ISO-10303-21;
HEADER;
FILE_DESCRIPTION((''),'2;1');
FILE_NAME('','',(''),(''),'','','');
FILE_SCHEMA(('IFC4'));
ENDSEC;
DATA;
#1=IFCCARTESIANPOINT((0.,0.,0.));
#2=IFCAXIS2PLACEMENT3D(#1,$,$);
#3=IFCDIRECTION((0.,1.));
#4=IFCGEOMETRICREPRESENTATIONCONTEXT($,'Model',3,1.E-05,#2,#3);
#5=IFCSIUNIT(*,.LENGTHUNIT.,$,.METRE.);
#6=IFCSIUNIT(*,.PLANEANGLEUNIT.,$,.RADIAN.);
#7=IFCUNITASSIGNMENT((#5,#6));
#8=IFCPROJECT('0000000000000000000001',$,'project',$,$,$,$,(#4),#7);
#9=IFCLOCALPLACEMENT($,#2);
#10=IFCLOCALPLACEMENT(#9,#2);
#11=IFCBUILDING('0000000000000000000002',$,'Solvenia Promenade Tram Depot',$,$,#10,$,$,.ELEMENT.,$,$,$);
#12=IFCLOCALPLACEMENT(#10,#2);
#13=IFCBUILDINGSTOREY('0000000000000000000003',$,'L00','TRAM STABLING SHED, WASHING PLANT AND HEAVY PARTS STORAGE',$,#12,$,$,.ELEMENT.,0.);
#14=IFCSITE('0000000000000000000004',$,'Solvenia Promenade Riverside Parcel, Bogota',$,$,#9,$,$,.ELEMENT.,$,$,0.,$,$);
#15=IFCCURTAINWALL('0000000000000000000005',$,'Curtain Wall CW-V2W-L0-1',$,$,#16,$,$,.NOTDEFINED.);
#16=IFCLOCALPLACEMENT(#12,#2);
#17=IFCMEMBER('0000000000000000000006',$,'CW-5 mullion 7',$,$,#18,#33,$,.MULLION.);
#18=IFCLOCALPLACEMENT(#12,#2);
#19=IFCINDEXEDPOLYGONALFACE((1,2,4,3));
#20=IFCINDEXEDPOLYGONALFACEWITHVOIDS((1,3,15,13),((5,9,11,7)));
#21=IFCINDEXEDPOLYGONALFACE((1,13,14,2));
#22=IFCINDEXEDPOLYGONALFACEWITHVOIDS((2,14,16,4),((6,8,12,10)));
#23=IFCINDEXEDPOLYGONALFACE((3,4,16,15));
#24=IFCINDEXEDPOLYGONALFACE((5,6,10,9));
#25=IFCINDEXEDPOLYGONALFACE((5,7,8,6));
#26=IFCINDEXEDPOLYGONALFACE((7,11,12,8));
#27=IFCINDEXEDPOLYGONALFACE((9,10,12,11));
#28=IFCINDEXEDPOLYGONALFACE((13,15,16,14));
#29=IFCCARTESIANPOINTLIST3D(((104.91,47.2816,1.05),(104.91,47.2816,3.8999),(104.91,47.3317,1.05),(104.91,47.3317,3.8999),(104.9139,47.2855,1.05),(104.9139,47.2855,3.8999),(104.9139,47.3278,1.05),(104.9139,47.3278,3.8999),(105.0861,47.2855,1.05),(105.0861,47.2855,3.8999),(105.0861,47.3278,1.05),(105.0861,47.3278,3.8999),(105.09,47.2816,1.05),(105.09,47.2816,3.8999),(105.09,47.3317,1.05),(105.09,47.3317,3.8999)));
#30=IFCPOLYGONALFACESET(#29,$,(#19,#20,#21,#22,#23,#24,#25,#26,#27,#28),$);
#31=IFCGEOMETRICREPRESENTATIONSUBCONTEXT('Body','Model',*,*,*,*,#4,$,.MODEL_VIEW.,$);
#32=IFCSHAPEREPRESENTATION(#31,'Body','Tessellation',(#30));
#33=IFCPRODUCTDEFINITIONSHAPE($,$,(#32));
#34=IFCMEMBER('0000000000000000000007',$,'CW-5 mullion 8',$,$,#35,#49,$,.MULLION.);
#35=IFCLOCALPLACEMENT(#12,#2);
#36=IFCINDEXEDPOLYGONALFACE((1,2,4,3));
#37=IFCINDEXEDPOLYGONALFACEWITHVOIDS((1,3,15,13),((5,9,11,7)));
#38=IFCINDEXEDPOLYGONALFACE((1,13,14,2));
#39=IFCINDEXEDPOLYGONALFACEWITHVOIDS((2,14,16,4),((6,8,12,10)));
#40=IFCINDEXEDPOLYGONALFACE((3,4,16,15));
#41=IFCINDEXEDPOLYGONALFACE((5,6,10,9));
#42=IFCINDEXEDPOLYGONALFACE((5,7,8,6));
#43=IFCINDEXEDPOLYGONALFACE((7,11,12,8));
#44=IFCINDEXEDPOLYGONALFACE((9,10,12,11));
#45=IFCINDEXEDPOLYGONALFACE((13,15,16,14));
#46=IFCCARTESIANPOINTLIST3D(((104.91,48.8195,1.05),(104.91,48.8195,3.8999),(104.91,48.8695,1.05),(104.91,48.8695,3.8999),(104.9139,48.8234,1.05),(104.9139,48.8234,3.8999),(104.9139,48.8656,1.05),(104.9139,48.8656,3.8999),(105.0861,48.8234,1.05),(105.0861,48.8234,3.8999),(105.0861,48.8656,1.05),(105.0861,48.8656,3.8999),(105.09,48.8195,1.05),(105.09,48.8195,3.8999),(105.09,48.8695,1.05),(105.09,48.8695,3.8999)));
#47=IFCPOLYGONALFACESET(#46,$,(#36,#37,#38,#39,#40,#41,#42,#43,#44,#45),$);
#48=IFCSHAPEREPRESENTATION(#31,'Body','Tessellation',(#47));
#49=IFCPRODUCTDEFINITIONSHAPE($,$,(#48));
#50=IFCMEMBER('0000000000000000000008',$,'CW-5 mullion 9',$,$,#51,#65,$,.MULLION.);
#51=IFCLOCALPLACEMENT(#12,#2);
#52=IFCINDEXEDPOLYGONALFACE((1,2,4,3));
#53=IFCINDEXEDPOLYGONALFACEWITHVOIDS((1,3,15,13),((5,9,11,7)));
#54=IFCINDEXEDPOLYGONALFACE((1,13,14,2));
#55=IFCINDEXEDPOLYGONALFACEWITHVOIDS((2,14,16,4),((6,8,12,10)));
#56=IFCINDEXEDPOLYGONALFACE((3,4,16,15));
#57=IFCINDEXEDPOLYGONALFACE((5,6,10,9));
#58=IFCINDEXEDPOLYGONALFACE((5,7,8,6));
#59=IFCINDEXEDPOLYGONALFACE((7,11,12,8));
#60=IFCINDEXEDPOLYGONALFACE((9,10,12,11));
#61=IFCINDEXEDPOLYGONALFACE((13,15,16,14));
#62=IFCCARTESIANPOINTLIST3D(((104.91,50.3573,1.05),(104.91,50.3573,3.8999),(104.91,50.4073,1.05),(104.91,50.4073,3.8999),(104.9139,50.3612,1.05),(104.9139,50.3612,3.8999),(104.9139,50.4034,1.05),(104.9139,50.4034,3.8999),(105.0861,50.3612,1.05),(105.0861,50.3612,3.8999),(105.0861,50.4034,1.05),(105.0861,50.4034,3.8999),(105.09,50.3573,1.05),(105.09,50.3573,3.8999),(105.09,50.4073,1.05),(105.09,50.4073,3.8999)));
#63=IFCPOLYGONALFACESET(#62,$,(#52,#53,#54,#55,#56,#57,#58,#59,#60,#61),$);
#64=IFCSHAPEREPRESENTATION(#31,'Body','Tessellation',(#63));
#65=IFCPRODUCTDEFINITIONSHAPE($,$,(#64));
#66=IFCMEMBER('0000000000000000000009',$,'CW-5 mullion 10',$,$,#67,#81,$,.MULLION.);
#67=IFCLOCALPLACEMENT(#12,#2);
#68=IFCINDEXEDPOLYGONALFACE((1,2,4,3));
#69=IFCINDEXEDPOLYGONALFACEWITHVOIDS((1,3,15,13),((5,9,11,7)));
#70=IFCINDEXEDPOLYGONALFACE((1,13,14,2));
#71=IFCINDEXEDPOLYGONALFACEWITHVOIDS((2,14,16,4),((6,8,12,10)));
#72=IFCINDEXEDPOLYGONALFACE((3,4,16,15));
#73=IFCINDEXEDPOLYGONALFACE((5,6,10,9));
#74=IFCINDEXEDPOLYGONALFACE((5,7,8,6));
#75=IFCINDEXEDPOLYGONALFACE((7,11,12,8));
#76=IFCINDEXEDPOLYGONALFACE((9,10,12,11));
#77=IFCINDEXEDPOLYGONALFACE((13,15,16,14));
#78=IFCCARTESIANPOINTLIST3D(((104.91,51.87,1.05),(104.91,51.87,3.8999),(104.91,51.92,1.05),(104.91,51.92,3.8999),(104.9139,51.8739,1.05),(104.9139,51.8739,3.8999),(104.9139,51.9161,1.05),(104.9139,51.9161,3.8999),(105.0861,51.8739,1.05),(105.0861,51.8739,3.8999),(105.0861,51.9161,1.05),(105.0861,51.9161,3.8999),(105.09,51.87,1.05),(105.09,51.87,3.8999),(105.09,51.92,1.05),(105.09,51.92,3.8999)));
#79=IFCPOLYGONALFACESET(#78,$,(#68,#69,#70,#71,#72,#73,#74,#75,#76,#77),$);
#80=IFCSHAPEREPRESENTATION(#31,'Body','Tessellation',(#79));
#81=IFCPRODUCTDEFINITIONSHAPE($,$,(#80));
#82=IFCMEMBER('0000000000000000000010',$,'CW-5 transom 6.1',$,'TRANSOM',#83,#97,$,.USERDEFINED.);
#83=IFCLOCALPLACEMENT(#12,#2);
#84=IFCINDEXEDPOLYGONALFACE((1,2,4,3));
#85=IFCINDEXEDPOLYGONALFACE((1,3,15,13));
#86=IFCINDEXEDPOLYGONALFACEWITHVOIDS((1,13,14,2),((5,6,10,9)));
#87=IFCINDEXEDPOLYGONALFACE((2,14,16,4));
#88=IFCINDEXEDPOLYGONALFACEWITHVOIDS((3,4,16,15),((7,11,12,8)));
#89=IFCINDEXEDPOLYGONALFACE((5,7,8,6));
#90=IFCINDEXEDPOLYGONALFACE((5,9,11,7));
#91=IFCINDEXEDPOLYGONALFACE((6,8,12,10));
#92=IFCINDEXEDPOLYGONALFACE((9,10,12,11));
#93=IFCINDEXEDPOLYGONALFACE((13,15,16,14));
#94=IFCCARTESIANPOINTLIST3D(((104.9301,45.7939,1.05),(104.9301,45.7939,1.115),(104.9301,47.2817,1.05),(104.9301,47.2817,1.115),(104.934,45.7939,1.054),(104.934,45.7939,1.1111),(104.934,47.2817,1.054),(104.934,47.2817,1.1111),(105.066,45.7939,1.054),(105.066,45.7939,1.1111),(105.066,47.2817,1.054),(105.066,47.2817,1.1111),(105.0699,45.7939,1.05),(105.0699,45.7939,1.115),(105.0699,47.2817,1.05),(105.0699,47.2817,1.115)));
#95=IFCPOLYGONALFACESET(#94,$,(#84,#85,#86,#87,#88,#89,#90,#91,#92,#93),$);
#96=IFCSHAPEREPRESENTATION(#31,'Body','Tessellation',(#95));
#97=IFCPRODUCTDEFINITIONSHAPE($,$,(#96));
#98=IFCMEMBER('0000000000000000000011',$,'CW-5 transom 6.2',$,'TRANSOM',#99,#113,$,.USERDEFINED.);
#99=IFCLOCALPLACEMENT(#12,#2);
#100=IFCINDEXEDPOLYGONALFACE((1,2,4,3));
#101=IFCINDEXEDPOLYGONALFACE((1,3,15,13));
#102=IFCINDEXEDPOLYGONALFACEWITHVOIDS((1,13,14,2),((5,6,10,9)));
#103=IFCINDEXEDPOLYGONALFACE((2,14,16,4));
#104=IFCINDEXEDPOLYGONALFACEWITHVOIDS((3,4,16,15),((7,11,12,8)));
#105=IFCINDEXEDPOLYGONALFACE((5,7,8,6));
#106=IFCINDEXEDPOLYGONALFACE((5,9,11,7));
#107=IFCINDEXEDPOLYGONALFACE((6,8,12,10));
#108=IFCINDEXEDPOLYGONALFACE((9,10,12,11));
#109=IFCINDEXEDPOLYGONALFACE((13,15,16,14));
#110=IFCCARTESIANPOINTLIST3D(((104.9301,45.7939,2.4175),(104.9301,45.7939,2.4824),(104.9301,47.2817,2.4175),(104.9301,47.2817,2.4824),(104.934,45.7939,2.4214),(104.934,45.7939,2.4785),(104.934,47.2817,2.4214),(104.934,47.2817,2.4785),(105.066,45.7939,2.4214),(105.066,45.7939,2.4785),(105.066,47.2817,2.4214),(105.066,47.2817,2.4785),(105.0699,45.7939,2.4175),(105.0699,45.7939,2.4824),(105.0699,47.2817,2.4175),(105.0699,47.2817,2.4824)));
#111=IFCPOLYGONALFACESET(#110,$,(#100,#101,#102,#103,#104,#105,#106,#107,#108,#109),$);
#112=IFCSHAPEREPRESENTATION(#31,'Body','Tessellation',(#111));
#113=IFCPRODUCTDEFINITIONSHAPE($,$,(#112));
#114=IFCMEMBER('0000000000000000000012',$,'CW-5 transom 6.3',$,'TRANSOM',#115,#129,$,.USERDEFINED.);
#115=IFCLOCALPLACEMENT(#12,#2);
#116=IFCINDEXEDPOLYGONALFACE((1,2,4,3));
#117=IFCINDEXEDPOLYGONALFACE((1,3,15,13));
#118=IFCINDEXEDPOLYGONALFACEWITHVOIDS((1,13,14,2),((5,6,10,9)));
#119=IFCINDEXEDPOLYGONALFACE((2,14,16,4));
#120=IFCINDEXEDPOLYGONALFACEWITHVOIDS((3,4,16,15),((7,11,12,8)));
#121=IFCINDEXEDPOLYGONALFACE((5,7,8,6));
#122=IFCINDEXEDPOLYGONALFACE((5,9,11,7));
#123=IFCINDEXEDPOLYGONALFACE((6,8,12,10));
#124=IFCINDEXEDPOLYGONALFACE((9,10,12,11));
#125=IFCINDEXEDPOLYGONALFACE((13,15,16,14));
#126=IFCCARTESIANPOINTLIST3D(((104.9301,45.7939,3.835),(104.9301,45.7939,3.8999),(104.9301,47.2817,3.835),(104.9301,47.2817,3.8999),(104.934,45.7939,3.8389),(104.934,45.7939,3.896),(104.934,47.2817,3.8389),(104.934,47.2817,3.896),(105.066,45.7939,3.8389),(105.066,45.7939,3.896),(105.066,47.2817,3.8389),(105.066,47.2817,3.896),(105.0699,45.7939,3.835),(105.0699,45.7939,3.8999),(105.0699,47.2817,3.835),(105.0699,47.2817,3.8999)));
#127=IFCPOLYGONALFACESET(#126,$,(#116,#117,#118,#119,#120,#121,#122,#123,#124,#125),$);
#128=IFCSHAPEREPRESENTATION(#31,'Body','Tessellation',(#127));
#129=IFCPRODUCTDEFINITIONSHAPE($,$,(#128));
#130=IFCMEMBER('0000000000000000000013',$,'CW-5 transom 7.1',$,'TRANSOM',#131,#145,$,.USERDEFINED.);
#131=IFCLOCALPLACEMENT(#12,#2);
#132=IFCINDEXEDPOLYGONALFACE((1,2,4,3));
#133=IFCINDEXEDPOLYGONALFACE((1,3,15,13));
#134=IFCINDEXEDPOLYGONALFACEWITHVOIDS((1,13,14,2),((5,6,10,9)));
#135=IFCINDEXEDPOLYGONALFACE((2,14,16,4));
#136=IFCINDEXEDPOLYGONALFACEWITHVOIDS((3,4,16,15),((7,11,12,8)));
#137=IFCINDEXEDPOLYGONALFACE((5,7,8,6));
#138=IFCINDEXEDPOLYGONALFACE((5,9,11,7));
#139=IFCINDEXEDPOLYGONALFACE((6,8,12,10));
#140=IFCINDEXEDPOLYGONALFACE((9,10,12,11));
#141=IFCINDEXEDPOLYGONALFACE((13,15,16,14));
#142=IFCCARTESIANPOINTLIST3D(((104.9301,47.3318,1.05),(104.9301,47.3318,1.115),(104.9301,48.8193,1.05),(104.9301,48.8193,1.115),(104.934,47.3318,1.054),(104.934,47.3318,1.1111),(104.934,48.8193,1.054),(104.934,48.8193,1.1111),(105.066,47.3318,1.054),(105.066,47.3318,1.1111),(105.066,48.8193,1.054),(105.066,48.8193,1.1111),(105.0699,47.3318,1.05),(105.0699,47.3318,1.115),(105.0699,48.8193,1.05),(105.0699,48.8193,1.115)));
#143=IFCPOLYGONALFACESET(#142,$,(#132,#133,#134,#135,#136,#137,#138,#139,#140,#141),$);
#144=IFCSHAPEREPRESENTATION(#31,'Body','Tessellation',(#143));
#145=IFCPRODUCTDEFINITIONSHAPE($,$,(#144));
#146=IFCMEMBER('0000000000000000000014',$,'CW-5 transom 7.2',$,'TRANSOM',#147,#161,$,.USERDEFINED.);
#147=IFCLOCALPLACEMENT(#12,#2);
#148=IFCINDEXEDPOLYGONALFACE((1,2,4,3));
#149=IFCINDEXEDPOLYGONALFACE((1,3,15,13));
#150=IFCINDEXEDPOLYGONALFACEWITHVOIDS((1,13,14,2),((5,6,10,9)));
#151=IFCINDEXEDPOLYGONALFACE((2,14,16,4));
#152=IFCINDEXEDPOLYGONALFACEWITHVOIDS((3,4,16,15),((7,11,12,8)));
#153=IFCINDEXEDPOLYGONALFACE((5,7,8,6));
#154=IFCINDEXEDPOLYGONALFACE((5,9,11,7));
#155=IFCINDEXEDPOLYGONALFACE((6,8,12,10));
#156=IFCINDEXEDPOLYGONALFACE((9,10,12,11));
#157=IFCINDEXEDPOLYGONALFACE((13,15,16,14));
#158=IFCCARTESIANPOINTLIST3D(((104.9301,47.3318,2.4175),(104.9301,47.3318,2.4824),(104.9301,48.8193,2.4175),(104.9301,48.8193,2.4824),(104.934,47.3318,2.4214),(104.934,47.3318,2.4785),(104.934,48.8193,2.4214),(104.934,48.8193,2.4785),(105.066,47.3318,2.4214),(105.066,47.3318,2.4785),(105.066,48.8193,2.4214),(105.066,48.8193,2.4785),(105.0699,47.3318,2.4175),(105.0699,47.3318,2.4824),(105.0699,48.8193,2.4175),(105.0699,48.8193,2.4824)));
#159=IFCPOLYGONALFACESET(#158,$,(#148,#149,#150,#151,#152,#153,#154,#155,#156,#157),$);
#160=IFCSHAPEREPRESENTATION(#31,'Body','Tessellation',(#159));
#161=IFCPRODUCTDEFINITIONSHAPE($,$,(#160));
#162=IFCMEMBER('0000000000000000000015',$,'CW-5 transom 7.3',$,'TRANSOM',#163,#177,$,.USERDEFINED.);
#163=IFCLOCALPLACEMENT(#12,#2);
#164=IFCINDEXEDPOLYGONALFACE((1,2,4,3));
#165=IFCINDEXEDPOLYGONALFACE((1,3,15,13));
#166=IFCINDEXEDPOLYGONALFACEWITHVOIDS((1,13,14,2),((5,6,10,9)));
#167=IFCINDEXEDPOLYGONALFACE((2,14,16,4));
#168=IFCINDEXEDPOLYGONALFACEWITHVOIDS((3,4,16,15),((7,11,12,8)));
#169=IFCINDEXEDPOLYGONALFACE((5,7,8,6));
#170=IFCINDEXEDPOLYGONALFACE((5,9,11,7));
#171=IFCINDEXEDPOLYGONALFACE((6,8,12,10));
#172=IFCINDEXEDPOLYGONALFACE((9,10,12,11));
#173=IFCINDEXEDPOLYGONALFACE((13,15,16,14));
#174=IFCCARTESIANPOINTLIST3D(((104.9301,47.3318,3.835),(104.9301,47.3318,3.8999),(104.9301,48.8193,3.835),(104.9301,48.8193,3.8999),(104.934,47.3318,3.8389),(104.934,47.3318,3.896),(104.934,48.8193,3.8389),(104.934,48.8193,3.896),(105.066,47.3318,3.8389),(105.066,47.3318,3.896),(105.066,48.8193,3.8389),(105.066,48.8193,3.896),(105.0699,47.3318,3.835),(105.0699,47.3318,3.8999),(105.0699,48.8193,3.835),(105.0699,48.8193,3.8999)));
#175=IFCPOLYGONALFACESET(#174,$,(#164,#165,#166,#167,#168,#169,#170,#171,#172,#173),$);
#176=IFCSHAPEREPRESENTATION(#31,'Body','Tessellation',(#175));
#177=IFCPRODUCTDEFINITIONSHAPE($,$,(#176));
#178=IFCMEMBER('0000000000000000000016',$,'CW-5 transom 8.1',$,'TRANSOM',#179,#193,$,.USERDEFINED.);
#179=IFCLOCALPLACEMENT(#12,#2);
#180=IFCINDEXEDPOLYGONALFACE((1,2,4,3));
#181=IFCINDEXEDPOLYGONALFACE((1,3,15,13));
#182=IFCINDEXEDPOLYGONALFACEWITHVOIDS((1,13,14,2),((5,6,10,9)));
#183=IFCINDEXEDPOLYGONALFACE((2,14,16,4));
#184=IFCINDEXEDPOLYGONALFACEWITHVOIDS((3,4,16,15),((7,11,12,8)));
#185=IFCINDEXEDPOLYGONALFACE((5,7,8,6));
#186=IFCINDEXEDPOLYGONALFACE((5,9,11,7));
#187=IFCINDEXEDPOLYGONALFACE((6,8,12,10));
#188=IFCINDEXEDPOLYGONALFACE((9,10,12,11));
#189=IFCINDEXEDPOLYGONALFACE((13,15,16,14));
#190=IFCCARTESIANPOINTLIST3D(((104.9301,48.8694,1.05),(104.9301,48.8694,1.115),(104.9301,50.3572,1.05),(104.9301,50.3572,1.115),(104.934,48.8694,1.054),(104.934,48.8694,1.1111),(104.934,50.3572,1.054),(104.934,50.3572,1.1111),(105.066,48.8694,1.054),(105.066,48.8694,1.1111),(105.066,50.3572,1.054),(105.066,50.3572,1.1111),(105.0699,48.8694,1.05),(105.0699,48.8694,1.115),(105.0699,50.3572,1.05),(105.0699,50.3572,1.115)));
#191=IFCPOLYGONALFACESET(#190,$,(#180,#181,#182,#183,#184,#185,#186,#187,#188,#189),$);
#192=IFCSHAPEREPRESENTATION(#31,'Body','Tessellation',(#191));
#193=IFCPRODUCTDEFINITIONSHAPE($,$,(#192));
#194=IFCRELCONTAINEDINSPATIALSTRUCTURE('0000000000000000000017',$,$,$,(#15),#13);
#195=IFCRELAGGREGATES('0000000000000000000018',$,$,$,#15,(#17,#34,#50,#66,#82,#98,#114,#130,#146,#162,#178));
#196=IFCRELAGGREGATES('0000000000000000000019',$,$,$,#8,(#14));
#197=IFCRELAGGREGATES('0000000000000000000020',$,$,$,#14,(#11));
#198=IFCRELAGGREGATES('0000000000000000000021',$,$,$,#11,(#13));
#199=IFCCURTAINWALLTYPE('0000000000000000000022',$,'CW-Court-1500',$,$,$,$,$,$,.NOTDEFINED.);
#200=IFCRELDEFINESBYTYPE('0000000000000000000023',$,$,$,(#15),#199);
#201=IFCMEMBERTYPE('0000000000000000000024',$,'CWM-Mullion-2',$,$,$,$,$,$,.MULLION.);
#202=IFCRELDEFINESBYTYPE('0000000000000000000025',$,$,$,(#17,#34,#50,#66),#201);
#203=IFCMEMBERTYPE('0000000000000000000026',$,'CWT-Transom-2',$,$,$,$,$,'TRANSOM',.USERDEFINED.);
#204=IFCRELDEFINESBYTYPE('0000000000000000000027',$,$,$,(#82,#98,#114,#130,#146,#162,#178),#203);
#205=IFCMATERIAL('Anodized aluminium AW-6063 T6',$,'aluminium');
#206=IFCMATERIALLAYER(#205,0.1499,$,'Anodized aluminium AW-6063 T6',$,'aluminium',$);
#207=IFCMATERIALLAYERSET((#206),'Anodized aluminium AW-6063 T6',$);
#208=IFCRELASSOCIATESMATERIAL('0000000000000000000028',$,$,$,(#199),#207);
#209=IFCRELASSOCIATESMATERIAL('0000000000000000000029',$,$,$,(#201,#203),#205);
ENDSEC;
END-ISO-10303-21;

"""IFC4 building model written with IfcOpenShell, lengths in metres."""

from ifc_helpers import new_model, si_unit, direction, frame, origin, origin_2d, place, context, subcontext, project, spatial, hollow_rectangle, extrude, material, layer, layer_set, material_profile, profile_set, type_object, element, aggregate, save


model = new_model("IFC4")

# Units and contexts
model_context = context("Model", 3, precision=1e-05, world=origin(), true_north=direction((0.0, 1.0)))
body_context = subcontext(model_context, "Body", "Model", "MODEL_VIEW")
ifc_project = project(units=[si_unit("LENGTHUNIT", "METRE"), si_unit("PLANEANGLEUNIT", "RADIAN")], contexts=[model_context])

# Site, building, storey
site_placement = place(None, origin())
site = spatial("IfcSite", under=ifc_project, at=site_placement, Name="Solvenia Promenade Riverside Parcel, Bogota", CompositionType="ELEMENT", RefElevation=0.0)
building_placement = place(site_placement, origin())
building = spatial("IfcBuilding", under=site, at=building_placement, Name="Solvenia Promenade Tram Depot", CompositionType="ELEMENT")
storey_placement = place(building_placement, origin())
storey = spatial("IfcBuildingStorey", under=building, at=storey_placement, Name="L00", Description="TRAM STABLING SHED, WASHING PLANT AND HEAVY PARTS STORAGE", CompositionType="ELEMENT", Elevation=0.0)

# Curtain wall, members
ifc_material_1 = material(Name="Anodized aluminium AW-6063 T6", Category="aluminium")
ifc_layer_1 = layer(ifc_material_1, 0.1499, Name="Anodized aluminium AW-6063 T6", Category="aluminium")
ifc_layer_set_1 = layer_set([ifc_layer_1], Name="Anodized aluminium AW-6063 T6")
curtain_wall_type = type_object("IfcCurtainWallType", Name="CW-Court-1500", PredefinedType="NOTDEFINED", material=ifc_layer_set_1)
curtain_wall_placement = place(storey_placement, origin())
curtain_wall = element("IfcCurtainWall", 1, at=curtain_wall_placement, inside=storey, type_object=curtain_wall_type, Name="Curtain Wall CW-V2W-L0-1", PredefinedType="NOTDEFINED")
ifc_material_profile_1 = material_profile(ifc_material_1, hollow_rectangle(XDim=0.1799, YDim=0.05, WallThickness=0.0039, at=origin_2d()), Name="ALU-M2", Category="aluminium")
ifc_profile_set_1 = profile_set([ifc_material_profile_1], Name="Anodized aluminium AW-6063 T6")
member_type_1 = type_object("IfcMemberType", Name="CWM-Mullion-2", PredefinedType="MULLION", material=ifc_profile_set_1)
member_1_placement = place(storey_placement, frame((105.0, 47.3066, 1.05), z_axis=(0.0, 0.0, 1.0), x_axis=(-1.0, 0.0, 0.0)))
member_1 = element("IfcMember", 2, at=member_1_placement, type_object=member_type_1, Name="CW-5 mullion 7", PredefinedType="MULLION", context=body_context, shape_type="SweptSolid", body=[
    extrude(hollow_rectangle(XDim=0.1799, YDim=0.05, WallThickness=0.0039, at=origin_2d()), origin(), (0.0, 0.0, 1.0), 2.8499),
])
member_2_placement = place(storey_placement, frame((105.0, 48.8445, 1.05), z_axis=(0.0, 0.0, 1.0), x_axis=(-1.0, 0.0, 0.0)))
member_2 = element("IfcMember", 3, at=member_2_placement, type_object=member_type_1, Name="CW-5 mullion 8", PredefinedType="MULLION", context=body_context, shape_type="SweptSolid", body=[
    extrude(hollow_rectangle(XDim=0.1799, YDim=0.05, WallThickness=0.0039, at=origin_2d()), origin(), (0.0, 0.0, 1.0), 2.8499),
])
member_3_placement = place(storey_placement, frame((105.0, 50.3823, 1.05), z_axis=(0.0, 0.0, 1.0), x_axis=(-1.0, 0.0, 0.0)))
member_3 = element("IfcMember", 4, at=member_3_placement, type_object=member_type_1, Name="CW-5 mullion 9", PredefinedType="MULLION", context=body_context, shape_type="SweptSolid", body=[
    extrude(hollow_rectangle(XDim=0.1799, YDim=0.05, WallThickness=0.0039, at=origin_2d()), origin(), (0.0, 0.0, 1.0), 2.8499),
])
member_4_placement = place(storey_placement, frame((105.0, 51.895, 1.05), z_axis=(0.0, 0.0, 1.0), x_axis=(-1.0, 0.0, 0.0)))
member_4 = element("IfcMember", 5, at=member_4_placement, type_object=member_type_1, Name="CW-5 mullion 10", PredefinedType="MULLION", context=body_context, shape_type="SweptSolid", body=[
    extrude(hollow_rectangle(XDim=0.1799, YDim=0.05, WallThickness=0.0039, at=origin_2d()), origin(), (0.0, 0.0, 1.0), 2.8499),
])
ifc_material_profile_2 = material_profile(ifc_material_1, hollow_rectangle(XDim=0.1399, YDim=0.0649, WallThickness=0.0039, at=origin_2d()), Name="ALU-T2", Category="aluminium")
ifc_profile_set_2 = profile_set([ifc_material_profile_2], Name="Anodized aluminium AW-6063 T6")
member_type_2 = type_object("IfcMemberType", Name="CWT-Transom-2", ElementType="TRANSOM", PredefinedType="USERDEFINED", material=ifc_profile_set_2)
member_5_placement = place(storey_placement, frame((105.0, 45.7939, 1.0825), z_axis=(0.0, 1.0, 0.0), x_axis=(-1.0, 0.0, 0.0)))
member_5 = element("IfcMember", 6, at=member_5_placement, type_object=member_type_2, Name="CW-5 transom 6.1", ObjectType="TRANSOM", PredefinedType="USERDEFINED", context=body_context, shape_type="SweptSolid", body=[
    extrude(hollow_rectangle(XDim=0.1399, YDim=0.0649, WallThickness=0.0039, at=origin_2d()), origin(), (0.0, 0.0, 1.0), 1.4878),
])
member_6_placement = place(storey_placement, frame((105.0, 45.7939, 2.45), z_axis=(0.0, 1.0, 0.0), x_axis=(-1.0, 0.0, 0.0)))
member_6 = element("IfcMember", 7, at=member_6_placement, type_object=member_type_2, Name="CW-5 transom 6.2", ObjectType="TRANSOM", PredefinedType="USERDEFINED", context=body_context, shape_type="SweptSolid", body=[
    extrude(hollow_rectangle(XDim=0.1399, YDim=0.0649, WallThickness=0.0039, at=origin_2d()), origin(), (0.0, 0.0, 1.0), 1.4878),
])
member_7_placement = place(storey_placement, frame((105.0, 45.7939, 3.8674), z_axis=(0.0, 1.0, 0.0), x_axis=(-1.0, 0.0, 0.0)))
member_7 = element("IfcMember", 8, at=member_7_placement, type_object=member_type_2, Name="CW-5 transom 6.3", ObjectType="TRANSOM", PredefinedType="USERDEFINED", context=body_context, shape_type="SweptSolid", body=[
    extrude(hollow_rectangle(XDim=0.1399, YDim=0.0649, WallThickness=0.0039, at=origin_2d()), origin(), (0.0, 0.0, 1.0), 1.4878),
])
member_8_placement = place(storey_placement, frame((105.0, 47.3318, 1.0825), z_axis=(0.0, 1.0, 0.0), x_axis=(-1.0, 0.0, 0.0)))
member_8 = element("IfcMember", 9, at=member_8_placement, type_object=member_type_2, Name="CW-5 transom 7.1", ObjectType="TRANSOM", PredefinedType="USERDEFINED", context=body_context, shape_type="SweptSolid", body=[
    extrude(hollow_rectangle(XDim=0.1399, YDim=0.0649, WallThickness=0.0039, at=origin_2d()), origin(), (0.0, 0.0, 1.0), 1.4875),
])
member_9_placement = place(storey_placement, frame((105.0, 47.3318, 2.45), z_axis=(0.0, 1.0, 0.0), x_axis=(-1.0, 0.0, 0.0)))
member_9 = element("IfcMember", 10, at=member_9_placement, type_object=member_type_2, Name="CW-5 transom 7.2", ObjectType="TRANSOM", PredefinedType="USERDEFINED", context=body_context, shape_type="SweptSolid", body=[
    extrude(hollow_rectangle(XDim=0.1399, YDim=0.0649, WallThickness=0.0039, at=origin_2d()), origin(), (0.0, 0.0, 1.0), 1.4875),
])
member_10_placement = place(storey_placement, frame((105.0, 47.3318, 3.8674), z_axis=(0.0, 1.0, 0.0), x_axis=(-1.0, 0.0, 0.0)))
member_10 = element("IfcMember", 11, at=member_10_placement, type_object=member_type_2, Name="CW-5 transom 7.3", ObjectType="TRANSOM", PredefinedType="USERDEFINED", context=body_context, shape_type="SweptSolid", body=[
    extrude(hollow_rectangle(XDim=0.1399, YDim=0.0649, WallThickness=0.0039, at=origin_2d()), origin(), (0.0, 0.0, 1.0), 1.4875),
])
member_11_placement = place(storey_placement, frame((105.0, 48.8694, 1.0825), z_axis=(0.0, 1.0, 0.0), x_axis=(-1.0, 0.0, 0.0)))
member_11 = element("IfcMember", 12, at=member_11_placement, type_object=member_type_2, Name="CW-5 transom 8.1", ObjectType="TRANSOM", PredefinedType="USERDEFINED", context=body_context, shape_type="SweptSolid", body=[
    extrude(hollow_rectangle(XDim=0.1399, YDim=0.0649, WallThickness=0.0039, at=origin_2d()), origin(), (0.0, 0.0, 1.0), 1.4878),
])
aggregate(curtain_wall, [member_1, member_2, member_3, member_4, member_5, member_6, member_7, member_8, member_9, member_10, member_11])

save(model, "model.ifc")
